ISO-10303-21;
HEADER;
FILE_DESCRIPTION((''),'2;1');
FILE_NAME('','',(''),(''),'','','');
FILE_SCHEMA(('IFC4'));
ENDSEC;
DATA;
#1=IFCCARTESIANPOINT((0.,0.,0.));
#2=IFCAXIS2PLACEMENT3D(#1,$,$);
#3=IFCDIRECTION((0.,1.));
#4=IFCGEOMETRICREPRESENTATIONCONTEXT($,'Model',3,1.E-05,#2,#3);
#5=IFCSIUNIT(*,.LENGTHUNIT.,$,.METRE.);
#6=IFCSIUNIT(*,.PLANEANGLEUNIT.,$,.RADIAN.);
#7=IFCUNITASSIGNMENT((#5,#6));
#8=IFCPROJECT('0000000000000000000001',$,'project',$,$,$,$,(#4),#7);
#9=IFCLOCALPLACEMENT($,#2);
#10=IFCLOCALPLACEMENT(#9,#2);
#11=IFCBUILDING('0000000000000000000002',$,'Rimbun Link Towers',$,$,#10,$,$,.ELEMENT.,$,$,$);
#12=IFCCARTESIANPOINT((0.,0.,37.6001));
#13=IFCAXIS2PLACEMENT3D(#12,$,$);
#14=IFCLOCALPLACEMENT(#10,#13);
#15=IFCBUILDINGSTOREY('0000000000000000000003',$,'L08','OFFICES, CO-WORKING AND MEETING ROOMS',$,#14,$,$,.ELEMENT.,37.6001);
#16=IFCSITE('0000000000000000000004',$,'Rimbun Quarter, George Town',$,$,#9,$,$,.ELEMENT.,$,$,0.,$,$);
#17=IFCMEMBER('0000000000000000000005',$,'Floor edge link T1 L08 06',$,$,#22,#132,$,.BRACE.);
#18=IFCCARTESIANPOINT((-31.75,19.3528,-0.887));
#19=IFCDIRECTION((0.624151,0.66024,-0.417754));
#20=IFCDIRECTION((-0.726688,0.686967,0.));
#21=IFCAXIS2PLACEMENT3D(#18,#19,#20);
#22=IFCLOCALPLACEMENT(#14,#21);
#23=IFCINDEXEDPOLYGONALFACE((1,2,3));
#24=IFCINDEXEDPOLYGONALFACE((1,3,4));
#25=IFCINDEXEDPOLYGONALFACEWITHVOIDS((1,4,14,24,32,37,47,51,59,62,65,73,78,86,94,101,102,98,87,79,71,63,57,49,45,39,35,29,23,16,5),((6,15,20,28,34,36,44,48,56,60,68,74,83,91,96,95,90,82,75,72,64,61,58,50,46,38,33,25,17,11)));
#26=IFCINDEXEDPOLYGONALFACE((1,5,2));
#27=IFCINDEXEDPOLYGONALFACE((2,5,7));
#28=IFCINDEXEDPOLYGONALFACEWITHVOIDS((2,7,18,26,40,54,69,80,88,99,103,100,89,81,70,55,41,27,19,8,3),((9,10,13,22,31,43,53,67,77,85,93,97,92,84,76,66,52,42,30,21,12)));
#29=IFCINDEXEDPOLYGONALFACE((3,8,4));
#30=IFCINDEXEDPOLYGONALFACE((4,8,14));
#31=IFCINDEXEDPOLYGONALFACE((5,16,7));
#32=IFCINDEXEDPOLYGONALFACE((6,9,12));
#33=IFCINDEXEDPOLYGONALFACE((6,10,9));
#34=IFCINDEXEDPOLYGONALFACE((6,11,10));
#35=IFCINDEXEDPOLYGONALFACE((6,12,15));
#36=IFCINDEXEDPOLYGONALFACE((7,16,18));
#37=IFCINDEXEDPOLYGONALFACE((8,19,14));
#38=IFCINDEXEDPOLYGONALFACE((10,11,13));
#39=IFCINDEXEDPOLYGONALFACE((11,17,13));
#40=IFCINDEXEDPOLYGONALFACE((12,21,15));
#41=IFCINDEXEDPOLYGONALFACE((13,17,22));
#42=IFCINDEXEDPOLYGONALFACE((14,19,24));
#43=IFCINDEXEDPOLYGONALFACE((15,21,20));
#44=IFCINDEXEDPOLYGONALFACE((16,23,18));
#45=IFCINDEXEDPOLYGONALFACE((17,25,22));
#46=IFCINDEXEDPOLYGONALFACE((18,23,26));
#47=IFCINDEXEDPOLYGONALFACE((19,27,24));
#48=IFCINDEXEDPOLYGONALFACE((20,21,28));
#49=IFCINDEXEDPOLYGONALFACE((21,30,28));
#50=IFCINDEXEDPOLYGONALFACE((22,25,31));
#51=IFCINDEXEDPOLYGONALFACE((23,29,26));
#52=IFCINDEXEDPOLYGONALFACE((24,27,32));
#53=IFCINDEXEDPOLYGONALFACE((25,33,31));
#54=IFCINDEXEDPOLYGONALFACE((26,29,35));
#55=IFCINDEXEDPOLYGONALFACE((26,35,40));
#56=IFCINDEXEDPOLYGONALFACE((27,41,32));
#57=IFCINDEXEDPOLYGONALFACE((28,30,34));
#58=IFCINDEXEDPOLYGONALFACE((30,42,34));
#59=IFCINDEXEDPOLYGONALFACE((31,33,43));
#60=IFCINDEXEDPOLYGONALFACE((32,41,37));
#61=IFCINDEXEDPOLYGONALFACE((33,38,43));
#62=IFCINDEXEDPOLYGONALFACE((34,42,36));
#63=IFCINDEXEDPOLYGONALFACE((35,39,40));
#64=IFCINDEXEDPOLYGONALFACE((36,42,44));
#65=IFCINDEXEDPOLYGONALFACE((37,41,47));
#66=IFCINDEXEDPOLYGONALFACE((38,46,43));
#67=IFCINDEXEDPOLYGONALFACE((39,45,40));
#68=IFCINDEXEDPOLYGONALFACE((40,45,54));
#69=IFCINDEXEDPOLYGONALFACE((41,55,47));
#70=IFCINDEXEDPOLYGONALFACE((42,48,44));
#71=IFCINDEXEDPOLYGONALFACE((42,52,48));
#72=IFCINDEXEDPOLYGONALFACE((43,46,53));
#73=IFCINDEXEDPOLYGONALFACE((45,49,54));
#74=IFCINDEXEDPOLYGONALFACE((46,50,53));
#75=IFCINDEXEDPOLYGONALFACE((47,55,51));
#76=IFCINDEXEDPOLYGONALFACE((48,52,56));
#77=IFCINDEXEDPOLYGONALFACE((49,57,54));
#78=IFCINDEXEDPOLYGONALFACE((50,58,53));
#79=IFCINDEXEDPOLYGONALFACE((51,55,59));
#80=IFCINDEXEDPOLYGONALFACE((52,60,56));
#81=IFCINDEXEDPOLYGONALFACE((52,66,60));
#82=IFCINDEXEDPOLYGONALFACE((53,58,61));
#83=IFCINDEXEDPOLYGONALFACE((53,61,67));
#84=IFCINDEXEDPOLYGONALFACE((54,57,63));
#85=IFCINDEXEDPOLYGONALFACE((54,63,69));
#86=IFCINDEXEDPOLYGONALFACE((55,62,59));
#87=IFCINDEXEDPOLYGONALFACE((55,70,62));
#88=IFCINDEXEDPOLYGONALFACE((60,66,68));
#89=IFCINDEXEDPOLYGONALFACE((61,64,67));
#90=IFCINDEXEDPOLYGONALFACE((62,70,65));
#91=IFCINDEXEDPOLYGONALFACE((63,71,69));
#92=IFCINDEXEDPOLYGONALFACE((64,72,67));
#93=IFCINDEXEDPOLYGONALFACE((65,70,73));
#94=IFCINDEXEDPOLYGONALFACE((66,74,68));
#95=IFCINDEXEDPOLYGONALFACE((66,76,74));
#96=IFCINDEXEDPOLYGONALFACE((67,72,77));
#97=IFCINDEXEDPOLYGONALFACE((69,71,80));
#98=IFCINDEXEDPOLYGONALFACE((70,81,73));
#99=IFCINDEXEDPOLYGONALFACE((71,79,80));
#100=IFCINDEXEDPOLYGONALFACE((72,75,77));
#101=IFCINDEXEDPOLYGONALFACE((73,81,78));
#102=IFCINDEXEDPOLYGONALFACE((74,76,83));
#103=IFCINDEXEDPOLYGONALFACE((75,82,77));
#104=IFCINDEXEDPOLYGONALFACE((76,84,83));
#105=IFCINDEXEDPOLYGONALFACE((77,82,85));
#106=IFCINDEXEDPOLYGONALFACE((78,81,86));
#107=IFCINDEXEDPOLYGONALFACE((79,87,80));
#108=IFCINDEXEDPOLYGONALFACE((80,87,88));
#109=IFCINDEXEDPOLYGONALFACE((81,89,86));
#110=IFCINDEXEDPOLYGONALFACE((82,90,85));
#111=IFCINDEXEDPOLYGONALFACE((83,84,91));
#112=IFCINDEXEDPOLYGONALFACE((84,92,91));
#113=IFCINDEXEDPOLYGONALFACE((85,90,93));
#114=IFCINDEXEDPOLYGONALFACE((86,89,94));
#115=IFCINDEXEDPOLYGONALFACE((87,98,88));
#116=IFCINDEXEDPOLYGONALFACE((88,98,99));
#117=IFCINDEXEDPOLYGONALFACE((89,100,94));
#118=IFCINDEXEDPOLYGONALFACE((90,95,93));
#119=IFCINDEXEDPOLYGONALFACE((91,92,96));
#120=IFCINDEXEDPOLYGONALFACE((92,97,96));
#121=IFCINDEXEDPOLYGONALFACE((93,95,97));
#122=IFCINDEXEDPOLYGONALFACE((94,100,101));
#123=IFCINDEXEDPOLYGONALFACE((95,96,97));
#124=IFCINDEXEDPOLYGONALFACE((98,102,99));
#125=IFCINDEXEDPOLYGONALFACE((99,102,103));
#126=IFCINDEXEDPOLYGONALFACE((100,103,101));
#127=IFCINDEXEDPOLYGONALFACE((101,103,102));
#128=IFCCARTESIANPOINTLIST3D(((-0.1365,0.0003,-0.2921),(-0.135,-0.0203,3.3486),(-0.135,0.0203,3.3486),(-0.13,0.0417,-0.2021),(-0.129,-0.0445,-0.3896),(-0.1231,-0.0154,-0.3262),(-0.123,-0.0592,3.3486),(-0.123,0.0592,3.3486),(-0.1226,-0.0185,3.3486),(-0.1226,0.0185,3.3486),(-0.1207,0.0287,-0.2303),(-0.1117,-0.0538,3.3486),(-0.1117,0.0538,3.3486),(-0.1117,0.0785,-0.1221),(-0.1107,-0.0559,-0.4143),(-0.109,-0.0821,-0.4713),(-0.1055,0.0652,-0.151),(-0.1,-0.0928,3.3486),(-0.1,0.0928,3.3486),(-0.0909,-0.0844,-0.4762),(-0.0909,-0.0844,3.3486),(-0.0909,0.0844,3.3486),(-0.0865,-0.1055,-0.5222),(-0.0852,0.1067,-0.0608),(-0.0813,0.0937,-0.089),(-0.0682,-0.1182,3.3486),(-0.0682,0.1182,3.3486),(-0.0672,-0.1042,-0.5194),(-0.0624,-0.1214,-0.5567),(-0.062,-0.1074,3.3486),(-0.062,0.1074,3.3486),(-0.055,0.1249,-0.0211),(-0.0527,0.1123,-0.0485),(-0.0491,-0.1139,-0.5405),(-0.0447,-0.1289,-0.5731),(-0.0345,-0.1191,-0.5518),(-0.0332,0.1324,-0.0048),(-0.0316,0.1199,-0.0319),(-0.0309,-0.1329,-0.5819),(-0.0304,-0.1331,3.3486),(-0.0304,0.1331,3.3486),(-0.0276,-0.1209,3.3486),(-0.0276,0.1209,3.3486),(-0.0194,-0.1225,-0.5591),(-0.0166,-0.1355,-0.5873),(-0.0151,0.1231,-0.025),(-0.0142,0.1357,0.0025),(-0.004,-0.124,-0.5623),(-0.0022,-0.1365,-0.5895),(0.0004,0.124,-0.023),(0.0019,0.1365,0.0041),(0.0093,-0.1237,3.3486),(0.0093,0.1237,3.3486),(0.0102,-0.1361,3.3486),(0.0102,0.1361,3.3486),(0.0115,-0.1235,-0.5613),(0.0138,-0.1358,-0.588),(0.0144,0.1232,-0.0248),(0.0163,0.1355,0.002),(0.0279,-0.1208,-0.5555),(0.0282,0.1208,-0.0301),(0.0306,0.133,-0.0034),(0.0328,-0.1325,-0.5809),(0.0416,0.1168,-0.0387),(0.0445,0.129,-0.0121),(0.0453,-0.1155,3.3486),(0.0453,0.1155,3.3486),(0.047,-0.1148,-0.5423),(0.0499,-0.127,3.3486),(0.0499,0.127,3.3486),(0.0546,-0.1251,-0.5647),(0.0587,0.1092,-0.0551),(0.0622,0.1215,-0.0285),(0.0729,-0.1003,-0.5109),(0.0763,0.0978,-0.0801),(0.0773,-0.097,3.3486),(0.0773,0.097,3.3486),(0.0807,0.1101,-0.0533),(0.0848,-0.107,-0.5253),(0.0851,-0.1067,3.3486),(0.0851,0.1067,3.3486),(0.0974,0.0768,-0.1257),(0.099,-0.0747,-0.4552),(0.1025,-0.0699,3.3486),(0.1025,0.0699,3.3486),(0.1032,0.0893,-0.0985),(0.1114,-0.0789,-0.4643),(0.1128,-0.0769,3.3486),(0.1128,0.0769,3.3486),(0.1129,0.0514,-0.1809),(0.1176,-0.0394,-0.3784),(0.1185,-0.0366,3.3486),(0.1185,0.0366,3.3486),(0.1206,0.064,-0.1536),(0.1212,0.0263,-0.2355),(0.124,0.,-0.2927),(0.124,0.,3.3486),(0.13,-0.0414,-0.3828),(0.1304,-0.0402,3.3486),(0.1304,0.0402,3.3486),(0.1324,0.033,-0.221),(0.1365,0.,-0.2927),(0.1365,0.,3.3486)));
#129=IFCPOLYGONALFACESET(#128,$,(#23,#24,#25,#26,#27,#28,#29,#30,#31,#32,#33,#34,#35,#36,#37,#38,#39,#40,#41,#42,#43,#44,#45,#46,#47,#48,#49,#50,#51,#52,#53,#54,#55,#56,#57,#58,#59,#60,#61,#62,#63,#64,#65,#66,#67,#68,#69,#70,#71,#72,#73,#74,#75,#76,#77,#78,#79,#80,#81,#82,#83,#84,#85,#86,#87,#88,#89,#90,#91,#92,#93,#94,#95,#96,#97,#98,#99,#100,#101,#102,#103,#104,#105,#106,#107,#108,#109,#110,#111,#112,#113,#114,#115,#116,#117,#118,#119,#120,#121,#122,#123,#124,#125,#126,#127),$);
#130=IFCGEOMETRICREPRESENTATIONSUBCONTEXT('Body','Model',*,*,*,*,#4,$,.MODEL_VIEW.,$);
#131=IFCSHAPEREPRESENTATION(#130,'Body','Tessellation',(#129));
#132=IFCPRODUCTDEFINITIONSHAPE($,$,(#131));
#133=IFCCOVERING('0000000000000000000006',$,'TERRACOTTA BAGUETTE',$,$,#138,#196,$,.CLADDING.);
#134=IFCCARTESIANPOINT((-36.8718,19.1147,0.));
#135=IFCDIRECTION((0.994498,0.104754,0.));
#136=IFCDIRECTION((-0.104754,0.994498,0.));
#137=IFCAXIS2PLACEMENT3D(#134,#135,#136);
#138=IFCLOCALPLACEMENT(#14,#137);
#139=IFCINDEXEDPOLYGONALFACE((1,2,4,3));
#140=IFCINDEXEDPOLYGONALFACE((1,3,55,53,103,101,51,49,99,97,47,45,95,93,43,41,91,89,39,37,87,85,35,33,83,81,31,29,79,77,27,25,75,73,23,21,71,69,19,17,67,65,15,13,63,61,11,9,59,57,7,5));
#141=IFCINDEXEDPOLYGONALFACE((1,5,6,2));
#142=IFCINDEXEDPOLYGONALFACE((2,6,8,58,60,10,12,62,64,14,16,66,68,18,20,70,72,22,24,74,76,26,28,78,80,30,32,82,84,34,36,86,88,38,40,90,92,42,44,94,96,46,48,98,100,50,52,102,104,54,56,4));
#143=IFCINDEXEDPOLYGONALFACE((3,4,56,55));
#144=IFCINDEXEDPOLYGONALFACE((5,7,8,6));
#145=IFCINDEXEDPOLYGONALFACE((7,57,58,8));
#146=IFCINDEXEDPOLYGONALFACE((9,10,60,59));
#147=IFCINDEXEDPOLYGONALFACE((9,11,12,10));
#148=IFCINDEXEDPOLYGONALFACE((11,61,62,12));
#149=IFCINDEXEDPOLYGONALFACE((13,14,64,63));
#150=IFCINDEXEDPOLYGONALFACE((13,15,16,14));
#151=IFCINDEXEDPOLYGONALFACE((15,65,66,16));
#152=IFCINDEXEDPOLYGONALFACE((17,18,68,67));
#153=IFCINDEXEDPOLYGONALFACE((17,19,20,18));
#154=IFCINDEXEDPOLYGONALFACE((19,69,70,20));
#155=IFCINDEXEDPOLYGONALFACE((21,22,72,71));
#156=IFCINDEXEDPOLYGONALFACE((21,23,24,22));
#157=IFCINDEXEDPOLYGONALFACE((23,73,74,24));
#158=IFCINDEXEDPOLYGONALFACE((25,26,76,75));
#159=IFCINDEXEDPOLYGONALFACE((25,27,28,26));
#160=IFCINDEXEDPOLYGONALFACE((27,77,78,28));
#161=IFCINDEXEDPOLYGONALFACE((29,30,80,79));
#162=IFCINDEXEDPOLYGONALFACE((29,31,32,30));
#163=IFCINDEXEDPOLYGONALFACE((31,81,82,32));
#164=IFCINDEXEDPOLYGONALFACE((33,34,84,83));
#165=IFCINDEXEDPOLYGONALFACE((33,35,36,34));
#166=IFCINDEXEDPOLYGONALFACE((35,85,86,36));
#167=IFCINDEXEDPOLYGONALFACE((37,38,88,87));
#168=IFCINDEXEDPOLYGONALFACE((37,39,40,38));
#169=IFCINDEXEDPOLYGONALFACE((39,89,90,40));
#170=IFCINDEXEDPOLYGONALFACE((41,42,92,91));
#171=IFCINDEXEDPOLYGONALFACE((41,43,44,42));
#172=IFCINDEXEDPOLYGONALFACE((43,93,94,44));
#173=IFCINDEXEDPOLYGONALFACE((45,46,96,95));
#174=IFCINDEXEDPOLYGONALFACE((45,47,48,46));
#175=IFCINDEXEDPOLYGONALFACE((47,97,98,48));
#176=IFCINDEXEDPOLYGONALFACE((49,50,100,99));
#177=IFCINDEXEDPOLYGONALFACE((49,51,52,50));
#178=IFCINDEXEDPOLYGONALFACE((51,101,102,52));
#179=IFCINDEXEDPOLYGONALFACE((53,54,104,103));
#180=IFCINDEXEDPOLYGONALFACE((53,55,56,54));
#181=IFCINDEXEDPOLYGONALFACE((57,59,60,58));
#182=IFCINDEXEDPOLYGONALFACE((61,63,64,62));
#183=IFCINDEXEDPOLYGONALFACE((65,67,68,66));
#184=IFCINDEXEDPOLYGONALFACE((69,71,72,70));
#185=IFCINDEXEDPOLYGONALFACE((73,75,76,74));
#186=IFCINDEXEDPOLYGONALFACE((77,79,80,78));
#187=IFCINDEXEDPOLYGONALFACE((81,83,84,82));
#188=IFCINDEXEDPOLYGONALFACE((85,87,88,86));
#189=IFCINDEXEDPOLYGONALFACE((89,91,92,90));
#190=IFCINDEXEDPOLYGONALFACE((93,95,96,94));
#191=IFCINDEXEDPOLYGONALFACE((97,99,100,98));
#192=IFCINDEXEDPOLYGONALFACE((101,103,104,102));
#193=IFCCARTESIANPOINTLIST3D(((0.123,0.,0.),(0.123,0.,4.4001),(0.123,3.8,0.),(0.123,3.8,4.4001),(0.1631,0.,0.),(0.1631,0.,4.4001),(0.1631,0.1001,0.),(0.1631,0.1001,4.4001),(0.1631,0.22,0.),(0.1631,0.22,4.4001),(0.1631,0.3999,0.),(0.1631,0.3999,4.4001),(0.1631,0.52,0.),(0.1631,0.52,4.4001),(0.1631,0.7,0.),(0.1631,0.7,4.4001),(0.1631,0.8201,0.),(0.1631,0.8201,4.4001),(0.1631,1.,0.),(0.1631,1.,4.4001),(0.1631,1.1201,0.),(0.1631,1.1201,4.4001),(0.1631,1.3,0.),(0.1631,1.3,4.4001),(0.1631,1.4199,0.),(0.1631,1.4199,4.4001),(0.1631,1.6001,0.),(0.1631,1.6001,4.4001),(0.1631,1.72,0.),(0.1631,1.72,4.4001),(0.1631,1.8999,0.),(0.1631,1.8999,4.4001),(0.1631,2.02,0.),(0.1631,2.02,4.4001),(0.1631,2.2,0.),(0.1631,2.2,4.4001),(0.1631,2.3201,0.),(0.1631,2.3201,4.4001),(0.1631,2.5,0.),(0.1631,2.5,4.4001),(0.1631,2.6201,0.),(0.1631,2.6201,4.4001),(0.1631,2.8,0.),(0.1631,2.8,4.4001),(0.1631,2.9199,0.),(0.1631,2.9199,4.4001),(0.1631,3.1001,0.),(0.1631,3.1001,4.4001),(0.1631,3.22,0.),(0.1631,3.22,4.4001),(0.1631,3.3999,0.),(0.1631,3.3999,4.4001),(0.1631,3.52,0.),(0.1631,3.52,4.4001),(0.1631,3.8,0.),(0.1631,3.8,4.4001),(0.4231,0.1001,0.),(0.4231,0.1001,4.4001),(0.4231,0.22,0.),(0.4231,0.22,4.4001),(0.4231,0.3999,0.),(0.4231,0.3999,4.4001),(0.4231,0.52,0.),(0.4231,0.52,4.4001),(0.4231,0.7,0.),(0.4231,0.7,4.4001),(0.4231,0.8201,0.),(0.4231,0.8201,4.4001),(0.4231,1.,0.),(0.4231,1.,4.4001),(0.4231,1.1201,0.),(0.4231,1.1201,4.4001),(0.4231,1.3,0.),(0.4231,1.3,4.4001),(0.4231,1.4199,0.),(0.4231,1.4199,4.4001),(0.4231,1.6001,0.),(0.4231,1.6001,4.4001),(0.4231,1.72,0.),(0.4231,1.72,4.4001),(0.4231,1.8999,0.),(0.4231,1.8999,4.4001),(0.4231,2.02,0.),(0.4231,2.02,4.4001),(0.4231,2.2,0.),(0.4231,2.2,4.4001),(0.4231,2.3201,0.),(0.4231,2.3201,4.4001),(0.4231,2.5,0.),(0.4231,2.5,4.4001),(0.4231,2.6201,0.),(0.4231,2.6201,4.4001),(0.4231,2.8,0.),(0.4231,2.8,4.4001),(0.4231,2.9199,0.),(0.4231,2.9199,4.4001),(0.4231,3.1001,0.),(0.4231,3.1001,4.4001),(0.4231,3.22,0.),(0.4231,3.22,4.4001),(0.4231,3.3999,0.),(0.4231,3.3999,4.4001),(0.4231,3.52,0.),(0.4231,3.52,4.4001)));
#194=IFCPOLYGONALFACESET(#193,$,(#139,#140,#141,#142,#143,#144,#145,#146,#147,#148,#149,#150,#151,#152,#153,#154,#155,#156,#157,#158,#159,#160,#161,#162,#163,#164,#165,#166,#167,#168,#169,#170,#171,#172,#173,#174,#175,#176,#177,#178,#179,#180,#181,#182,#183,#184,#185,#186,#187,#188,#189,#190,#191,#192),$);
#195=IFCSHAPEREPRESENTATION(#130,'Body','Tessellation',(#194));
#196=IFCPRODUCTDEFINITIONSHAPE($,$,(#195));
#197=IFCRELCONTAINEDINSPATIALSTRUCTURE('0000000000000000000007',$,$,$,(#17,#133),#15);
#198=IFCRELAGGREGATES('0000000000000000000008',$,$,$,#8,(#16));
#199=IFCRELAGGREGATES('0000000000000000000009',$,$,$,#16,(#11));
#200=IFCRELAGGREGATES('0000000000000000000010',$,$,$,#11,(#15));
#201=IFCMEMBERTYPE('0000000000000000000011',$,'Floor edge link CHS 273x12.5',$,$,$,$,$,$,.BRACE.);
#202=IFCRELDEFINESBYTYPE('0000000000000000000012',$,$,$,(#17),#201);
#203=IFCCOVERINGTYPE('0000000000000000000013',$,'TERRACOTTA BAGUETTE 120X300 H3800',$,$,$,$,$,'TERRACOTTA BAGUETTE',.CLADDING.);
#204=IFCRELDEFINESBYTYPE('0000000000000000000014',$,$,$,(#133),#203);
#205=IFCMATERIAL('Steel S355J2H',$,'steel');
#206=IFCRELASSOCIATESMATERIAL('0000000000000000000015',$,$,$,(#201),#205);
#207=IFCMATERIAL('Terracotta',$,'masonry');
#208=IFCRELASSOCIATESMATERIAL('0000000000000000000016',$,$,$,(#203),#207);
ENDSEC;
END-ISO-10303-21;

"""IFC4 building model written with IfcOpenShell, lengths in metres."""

from ifc_helpers import new_model, si_unit, direction, frame, origin, origin_2d, place, context, subcontext, project, spatial, polyline, hollow_circle, outline, extrude, clip, halfspace, material, material_profile, profile_set, type_object, element, save


model = new_model("IFC4")

# Units and contexts
model_context = context("Model", 3, precision=1e-05, world=origin(), true_north=direction((0.0, 1.0)))
body_context = subcontext(model_context, "Body", "Model", "MODEL_VIEW")
ifc_project = project(units=[si_unit("LENGTHUNIT", "METRE"), si_unit("PLANEANGLEUNIT", "RADIAN")], contexts=[model_context])

# Site, building, storey
site_placement = place(None, origin())
site = spatial("IfcSite", under=ifc_project, at=site_placement, Name="Rimbun Quarter, George Town", CompositionType="ELEMENT", RefElevation=0.0)
building_placement = place(site_placement, origin())
building = spatial("IfcBuilding", under=site, at=building_placement, Name="Rimbun Link Towers", CompositionType="ELEMENT")
storey_placement = place(building_placement, frame((0.0, 0.0, 37.6001)))
storey = spatial("IfcBuildingStorey", under=building, at=storey_placement, Name="L08", Description="OFFICES, CO-WORKING AND MEETING ROOMS", CompositionType="ELEMENT", Elevation=37.6001)

# Member
ifc_material_1 = material(Name="Steel S355J2H", Category="steel")
ifc_material_profile_1 = material_profile(ifc_material_1, hollow_circle(Radius=0.1365, WallThickness=0.0125, at=origin_2d()), Name="CHS 273x12.5")
ifc_profile_set_1 = profile_set([ifc_material_profile_1], Name="Steel S355J2H")
member_type_1 = type_object("IfcMemberType", Name="Floor edge link CHS 273x12.5", PredefinedType="BRACE", material=ifc_profile_set_1)
member_1_placement = place(storey_placement, frame((-31.75, 19.3528, -0.887), z_axis=(0.624151, 0.66024, -0.417754), x_axis=(-0.726688, 0.686967, 0.0)))
element("IfcMember", 1, at=member_1_placement, inside=storey, type_object=member_type_1, Name="Floor edge link T1 L08 06", PredefinedType="BRACE", context=body_context, shape_type="Clipping", body=[
    clip(extrude(hollow_circle(Radius=0.1365, WallThickness=0.0125, at=origin_2d()), frame((0.0, 0.0, -0.6177)), (0.0, 0.0, 1.0), 3.9663), halfspace(frame((0.0, 0.0, -0.2927), z_axis=(0.0, 0.90856, -0.417754)), False)),
])

# Covering
ifc_material_2 = material(Name="Terracotta", Category="masonry")
ifc_material_profile_2 = material_profile(ifc_material_2, outline(polyline([(0.123, 0.0), (0.1631, 0.0), (0.1631, 0.1001), (0.4231, 0.1001), (0.4231, 0.22), (0.1631, 0.22), (0.1631, 0.3999), (0.4231, 0.3999), (0.4231, 0.52), (0.1631, 0.52), (0.1631, 0.7), (0.4231, 0.7), (0.4231, 0.8201), (0.1631, 0.8201), (0.1631, 1.0), (0.4231, 1.0), (0.4231, 1.1201), (0.1631, 1.1201), (0.1631, 1.3), (0.4231, 1.3), (0.4231, 1.4199), (0.1631, 1.4199), (0.1631, 1.6001), (0.4231, 1.6001), (0.4231, 1.72), (0.1631, 1.72), (0.1631, 1.8999), (0.4231, 1.8999), (0.4231, 2.02), (0.1631, 2.02), (0.1631, 2.2), (0.4231, 2.2), (0.4231, 2.3201), (0.1631, 2.3201), (0.1631, 2.5), (0.4231, 2.5), (0.4231, 2.6201), (0.1631, 2.6201), (0.1631, 2.8), (0.4231, 2.8), (0.4231, 2.9199), (0.1631, 2.9199), (0.1631, 3.1001), (0.4231, 3.1001), (0.4231, 3.22), (0.1631, 3.22), (0.1631, 3.3999), (0.4231, 3.3999), (0.4231, 3.52), (0.1631, 3.52), (0.1631, 3.8), (0.123, 3.8), (0.123, 0.0)])), Name="BAGUETTE 120X300")
ifc_profile_set_2 = profile_set([ifc_material_profile_2], Name="Terracotta")
covering_type = type_object("IfcCoveringType", Name="TERRACOTTA BAGUETTE 120X300 H3800", ElementType="TERRACOTTA BAGUETTE", PredefinedType="CLADDING", material=ifc_profile_set_2)
covering_1_placement = place(storey_placement, frame((-36.8718, 19.1147, 0.0), z_axis=(0.994498, 0.104754, 0.0), x_axis=(-0.104754, 0.994498, 0.0)))
element("IfcCovering", 2, at=covering_1_placement, inside=storey, type_object=covering_type, Name="TERRACOTTA BAGUETTE", PredefinedType="CLADDING", context=body_context, shape_type="SweptSolid", body=[
    extrude(outline(polyline([(0.123, 0.0), (0.1631, 0.0), (0.1631, 0.1001), (0.4231, 0.1001), (0.4231, 0.22), (0.1631, 0.22), (0.1631, 0.3999), (0.4231, 0.3999), (0.4231, 0.52), (0.1631, 0.52), (0.1631, 0.7), (0.4231, 0.7), (0.4231, 0.8201), (0.1631, 0.8201), (0.1631, 1.0), (0.4231, 1.0), (0.4231, 1.1201), (0.1631, 1.1201), (0.1631, 1.3), (0.4231, 1.3), (0.4231, 1.4199), (0.1631, 1.4199), (0.1631, 1.6001), (0.4231, 1.6001), (0.4231, 1.72), (0.1631, 1.72), (0.1631, 1.8999), (0.4231, 1.8999), (0.4231, 2.02), (0.1631, 2.02), (0.1631, 2.2), (0.4231, 2.2), (0.4231, 2.3201), (0.1631, 2.3201), (0.1631, 2.5), (0.4231, 2.5), (0.4231, 2.6201), (0.1631, 2.6201), (0.1631, 2.8), (0.4231, 2.8), (0.4231, 2.9199), (0.1631, 2.9199), (0.1631, 3.1001), (0.4231, 3.1001), (0.4231, 3.22), (0.1631, 3.22), (0.1631, 3.3999), (0.4231, 3.3999), (0.4231, 3.52), (0.1631, 3.52), (0.1631, 3.8), (0.123, 3.8), (0.123, 0.0)])), origin(), (0.0, 0.0, 1.0), 4.4001),
])

save(model, "model.ifc")
